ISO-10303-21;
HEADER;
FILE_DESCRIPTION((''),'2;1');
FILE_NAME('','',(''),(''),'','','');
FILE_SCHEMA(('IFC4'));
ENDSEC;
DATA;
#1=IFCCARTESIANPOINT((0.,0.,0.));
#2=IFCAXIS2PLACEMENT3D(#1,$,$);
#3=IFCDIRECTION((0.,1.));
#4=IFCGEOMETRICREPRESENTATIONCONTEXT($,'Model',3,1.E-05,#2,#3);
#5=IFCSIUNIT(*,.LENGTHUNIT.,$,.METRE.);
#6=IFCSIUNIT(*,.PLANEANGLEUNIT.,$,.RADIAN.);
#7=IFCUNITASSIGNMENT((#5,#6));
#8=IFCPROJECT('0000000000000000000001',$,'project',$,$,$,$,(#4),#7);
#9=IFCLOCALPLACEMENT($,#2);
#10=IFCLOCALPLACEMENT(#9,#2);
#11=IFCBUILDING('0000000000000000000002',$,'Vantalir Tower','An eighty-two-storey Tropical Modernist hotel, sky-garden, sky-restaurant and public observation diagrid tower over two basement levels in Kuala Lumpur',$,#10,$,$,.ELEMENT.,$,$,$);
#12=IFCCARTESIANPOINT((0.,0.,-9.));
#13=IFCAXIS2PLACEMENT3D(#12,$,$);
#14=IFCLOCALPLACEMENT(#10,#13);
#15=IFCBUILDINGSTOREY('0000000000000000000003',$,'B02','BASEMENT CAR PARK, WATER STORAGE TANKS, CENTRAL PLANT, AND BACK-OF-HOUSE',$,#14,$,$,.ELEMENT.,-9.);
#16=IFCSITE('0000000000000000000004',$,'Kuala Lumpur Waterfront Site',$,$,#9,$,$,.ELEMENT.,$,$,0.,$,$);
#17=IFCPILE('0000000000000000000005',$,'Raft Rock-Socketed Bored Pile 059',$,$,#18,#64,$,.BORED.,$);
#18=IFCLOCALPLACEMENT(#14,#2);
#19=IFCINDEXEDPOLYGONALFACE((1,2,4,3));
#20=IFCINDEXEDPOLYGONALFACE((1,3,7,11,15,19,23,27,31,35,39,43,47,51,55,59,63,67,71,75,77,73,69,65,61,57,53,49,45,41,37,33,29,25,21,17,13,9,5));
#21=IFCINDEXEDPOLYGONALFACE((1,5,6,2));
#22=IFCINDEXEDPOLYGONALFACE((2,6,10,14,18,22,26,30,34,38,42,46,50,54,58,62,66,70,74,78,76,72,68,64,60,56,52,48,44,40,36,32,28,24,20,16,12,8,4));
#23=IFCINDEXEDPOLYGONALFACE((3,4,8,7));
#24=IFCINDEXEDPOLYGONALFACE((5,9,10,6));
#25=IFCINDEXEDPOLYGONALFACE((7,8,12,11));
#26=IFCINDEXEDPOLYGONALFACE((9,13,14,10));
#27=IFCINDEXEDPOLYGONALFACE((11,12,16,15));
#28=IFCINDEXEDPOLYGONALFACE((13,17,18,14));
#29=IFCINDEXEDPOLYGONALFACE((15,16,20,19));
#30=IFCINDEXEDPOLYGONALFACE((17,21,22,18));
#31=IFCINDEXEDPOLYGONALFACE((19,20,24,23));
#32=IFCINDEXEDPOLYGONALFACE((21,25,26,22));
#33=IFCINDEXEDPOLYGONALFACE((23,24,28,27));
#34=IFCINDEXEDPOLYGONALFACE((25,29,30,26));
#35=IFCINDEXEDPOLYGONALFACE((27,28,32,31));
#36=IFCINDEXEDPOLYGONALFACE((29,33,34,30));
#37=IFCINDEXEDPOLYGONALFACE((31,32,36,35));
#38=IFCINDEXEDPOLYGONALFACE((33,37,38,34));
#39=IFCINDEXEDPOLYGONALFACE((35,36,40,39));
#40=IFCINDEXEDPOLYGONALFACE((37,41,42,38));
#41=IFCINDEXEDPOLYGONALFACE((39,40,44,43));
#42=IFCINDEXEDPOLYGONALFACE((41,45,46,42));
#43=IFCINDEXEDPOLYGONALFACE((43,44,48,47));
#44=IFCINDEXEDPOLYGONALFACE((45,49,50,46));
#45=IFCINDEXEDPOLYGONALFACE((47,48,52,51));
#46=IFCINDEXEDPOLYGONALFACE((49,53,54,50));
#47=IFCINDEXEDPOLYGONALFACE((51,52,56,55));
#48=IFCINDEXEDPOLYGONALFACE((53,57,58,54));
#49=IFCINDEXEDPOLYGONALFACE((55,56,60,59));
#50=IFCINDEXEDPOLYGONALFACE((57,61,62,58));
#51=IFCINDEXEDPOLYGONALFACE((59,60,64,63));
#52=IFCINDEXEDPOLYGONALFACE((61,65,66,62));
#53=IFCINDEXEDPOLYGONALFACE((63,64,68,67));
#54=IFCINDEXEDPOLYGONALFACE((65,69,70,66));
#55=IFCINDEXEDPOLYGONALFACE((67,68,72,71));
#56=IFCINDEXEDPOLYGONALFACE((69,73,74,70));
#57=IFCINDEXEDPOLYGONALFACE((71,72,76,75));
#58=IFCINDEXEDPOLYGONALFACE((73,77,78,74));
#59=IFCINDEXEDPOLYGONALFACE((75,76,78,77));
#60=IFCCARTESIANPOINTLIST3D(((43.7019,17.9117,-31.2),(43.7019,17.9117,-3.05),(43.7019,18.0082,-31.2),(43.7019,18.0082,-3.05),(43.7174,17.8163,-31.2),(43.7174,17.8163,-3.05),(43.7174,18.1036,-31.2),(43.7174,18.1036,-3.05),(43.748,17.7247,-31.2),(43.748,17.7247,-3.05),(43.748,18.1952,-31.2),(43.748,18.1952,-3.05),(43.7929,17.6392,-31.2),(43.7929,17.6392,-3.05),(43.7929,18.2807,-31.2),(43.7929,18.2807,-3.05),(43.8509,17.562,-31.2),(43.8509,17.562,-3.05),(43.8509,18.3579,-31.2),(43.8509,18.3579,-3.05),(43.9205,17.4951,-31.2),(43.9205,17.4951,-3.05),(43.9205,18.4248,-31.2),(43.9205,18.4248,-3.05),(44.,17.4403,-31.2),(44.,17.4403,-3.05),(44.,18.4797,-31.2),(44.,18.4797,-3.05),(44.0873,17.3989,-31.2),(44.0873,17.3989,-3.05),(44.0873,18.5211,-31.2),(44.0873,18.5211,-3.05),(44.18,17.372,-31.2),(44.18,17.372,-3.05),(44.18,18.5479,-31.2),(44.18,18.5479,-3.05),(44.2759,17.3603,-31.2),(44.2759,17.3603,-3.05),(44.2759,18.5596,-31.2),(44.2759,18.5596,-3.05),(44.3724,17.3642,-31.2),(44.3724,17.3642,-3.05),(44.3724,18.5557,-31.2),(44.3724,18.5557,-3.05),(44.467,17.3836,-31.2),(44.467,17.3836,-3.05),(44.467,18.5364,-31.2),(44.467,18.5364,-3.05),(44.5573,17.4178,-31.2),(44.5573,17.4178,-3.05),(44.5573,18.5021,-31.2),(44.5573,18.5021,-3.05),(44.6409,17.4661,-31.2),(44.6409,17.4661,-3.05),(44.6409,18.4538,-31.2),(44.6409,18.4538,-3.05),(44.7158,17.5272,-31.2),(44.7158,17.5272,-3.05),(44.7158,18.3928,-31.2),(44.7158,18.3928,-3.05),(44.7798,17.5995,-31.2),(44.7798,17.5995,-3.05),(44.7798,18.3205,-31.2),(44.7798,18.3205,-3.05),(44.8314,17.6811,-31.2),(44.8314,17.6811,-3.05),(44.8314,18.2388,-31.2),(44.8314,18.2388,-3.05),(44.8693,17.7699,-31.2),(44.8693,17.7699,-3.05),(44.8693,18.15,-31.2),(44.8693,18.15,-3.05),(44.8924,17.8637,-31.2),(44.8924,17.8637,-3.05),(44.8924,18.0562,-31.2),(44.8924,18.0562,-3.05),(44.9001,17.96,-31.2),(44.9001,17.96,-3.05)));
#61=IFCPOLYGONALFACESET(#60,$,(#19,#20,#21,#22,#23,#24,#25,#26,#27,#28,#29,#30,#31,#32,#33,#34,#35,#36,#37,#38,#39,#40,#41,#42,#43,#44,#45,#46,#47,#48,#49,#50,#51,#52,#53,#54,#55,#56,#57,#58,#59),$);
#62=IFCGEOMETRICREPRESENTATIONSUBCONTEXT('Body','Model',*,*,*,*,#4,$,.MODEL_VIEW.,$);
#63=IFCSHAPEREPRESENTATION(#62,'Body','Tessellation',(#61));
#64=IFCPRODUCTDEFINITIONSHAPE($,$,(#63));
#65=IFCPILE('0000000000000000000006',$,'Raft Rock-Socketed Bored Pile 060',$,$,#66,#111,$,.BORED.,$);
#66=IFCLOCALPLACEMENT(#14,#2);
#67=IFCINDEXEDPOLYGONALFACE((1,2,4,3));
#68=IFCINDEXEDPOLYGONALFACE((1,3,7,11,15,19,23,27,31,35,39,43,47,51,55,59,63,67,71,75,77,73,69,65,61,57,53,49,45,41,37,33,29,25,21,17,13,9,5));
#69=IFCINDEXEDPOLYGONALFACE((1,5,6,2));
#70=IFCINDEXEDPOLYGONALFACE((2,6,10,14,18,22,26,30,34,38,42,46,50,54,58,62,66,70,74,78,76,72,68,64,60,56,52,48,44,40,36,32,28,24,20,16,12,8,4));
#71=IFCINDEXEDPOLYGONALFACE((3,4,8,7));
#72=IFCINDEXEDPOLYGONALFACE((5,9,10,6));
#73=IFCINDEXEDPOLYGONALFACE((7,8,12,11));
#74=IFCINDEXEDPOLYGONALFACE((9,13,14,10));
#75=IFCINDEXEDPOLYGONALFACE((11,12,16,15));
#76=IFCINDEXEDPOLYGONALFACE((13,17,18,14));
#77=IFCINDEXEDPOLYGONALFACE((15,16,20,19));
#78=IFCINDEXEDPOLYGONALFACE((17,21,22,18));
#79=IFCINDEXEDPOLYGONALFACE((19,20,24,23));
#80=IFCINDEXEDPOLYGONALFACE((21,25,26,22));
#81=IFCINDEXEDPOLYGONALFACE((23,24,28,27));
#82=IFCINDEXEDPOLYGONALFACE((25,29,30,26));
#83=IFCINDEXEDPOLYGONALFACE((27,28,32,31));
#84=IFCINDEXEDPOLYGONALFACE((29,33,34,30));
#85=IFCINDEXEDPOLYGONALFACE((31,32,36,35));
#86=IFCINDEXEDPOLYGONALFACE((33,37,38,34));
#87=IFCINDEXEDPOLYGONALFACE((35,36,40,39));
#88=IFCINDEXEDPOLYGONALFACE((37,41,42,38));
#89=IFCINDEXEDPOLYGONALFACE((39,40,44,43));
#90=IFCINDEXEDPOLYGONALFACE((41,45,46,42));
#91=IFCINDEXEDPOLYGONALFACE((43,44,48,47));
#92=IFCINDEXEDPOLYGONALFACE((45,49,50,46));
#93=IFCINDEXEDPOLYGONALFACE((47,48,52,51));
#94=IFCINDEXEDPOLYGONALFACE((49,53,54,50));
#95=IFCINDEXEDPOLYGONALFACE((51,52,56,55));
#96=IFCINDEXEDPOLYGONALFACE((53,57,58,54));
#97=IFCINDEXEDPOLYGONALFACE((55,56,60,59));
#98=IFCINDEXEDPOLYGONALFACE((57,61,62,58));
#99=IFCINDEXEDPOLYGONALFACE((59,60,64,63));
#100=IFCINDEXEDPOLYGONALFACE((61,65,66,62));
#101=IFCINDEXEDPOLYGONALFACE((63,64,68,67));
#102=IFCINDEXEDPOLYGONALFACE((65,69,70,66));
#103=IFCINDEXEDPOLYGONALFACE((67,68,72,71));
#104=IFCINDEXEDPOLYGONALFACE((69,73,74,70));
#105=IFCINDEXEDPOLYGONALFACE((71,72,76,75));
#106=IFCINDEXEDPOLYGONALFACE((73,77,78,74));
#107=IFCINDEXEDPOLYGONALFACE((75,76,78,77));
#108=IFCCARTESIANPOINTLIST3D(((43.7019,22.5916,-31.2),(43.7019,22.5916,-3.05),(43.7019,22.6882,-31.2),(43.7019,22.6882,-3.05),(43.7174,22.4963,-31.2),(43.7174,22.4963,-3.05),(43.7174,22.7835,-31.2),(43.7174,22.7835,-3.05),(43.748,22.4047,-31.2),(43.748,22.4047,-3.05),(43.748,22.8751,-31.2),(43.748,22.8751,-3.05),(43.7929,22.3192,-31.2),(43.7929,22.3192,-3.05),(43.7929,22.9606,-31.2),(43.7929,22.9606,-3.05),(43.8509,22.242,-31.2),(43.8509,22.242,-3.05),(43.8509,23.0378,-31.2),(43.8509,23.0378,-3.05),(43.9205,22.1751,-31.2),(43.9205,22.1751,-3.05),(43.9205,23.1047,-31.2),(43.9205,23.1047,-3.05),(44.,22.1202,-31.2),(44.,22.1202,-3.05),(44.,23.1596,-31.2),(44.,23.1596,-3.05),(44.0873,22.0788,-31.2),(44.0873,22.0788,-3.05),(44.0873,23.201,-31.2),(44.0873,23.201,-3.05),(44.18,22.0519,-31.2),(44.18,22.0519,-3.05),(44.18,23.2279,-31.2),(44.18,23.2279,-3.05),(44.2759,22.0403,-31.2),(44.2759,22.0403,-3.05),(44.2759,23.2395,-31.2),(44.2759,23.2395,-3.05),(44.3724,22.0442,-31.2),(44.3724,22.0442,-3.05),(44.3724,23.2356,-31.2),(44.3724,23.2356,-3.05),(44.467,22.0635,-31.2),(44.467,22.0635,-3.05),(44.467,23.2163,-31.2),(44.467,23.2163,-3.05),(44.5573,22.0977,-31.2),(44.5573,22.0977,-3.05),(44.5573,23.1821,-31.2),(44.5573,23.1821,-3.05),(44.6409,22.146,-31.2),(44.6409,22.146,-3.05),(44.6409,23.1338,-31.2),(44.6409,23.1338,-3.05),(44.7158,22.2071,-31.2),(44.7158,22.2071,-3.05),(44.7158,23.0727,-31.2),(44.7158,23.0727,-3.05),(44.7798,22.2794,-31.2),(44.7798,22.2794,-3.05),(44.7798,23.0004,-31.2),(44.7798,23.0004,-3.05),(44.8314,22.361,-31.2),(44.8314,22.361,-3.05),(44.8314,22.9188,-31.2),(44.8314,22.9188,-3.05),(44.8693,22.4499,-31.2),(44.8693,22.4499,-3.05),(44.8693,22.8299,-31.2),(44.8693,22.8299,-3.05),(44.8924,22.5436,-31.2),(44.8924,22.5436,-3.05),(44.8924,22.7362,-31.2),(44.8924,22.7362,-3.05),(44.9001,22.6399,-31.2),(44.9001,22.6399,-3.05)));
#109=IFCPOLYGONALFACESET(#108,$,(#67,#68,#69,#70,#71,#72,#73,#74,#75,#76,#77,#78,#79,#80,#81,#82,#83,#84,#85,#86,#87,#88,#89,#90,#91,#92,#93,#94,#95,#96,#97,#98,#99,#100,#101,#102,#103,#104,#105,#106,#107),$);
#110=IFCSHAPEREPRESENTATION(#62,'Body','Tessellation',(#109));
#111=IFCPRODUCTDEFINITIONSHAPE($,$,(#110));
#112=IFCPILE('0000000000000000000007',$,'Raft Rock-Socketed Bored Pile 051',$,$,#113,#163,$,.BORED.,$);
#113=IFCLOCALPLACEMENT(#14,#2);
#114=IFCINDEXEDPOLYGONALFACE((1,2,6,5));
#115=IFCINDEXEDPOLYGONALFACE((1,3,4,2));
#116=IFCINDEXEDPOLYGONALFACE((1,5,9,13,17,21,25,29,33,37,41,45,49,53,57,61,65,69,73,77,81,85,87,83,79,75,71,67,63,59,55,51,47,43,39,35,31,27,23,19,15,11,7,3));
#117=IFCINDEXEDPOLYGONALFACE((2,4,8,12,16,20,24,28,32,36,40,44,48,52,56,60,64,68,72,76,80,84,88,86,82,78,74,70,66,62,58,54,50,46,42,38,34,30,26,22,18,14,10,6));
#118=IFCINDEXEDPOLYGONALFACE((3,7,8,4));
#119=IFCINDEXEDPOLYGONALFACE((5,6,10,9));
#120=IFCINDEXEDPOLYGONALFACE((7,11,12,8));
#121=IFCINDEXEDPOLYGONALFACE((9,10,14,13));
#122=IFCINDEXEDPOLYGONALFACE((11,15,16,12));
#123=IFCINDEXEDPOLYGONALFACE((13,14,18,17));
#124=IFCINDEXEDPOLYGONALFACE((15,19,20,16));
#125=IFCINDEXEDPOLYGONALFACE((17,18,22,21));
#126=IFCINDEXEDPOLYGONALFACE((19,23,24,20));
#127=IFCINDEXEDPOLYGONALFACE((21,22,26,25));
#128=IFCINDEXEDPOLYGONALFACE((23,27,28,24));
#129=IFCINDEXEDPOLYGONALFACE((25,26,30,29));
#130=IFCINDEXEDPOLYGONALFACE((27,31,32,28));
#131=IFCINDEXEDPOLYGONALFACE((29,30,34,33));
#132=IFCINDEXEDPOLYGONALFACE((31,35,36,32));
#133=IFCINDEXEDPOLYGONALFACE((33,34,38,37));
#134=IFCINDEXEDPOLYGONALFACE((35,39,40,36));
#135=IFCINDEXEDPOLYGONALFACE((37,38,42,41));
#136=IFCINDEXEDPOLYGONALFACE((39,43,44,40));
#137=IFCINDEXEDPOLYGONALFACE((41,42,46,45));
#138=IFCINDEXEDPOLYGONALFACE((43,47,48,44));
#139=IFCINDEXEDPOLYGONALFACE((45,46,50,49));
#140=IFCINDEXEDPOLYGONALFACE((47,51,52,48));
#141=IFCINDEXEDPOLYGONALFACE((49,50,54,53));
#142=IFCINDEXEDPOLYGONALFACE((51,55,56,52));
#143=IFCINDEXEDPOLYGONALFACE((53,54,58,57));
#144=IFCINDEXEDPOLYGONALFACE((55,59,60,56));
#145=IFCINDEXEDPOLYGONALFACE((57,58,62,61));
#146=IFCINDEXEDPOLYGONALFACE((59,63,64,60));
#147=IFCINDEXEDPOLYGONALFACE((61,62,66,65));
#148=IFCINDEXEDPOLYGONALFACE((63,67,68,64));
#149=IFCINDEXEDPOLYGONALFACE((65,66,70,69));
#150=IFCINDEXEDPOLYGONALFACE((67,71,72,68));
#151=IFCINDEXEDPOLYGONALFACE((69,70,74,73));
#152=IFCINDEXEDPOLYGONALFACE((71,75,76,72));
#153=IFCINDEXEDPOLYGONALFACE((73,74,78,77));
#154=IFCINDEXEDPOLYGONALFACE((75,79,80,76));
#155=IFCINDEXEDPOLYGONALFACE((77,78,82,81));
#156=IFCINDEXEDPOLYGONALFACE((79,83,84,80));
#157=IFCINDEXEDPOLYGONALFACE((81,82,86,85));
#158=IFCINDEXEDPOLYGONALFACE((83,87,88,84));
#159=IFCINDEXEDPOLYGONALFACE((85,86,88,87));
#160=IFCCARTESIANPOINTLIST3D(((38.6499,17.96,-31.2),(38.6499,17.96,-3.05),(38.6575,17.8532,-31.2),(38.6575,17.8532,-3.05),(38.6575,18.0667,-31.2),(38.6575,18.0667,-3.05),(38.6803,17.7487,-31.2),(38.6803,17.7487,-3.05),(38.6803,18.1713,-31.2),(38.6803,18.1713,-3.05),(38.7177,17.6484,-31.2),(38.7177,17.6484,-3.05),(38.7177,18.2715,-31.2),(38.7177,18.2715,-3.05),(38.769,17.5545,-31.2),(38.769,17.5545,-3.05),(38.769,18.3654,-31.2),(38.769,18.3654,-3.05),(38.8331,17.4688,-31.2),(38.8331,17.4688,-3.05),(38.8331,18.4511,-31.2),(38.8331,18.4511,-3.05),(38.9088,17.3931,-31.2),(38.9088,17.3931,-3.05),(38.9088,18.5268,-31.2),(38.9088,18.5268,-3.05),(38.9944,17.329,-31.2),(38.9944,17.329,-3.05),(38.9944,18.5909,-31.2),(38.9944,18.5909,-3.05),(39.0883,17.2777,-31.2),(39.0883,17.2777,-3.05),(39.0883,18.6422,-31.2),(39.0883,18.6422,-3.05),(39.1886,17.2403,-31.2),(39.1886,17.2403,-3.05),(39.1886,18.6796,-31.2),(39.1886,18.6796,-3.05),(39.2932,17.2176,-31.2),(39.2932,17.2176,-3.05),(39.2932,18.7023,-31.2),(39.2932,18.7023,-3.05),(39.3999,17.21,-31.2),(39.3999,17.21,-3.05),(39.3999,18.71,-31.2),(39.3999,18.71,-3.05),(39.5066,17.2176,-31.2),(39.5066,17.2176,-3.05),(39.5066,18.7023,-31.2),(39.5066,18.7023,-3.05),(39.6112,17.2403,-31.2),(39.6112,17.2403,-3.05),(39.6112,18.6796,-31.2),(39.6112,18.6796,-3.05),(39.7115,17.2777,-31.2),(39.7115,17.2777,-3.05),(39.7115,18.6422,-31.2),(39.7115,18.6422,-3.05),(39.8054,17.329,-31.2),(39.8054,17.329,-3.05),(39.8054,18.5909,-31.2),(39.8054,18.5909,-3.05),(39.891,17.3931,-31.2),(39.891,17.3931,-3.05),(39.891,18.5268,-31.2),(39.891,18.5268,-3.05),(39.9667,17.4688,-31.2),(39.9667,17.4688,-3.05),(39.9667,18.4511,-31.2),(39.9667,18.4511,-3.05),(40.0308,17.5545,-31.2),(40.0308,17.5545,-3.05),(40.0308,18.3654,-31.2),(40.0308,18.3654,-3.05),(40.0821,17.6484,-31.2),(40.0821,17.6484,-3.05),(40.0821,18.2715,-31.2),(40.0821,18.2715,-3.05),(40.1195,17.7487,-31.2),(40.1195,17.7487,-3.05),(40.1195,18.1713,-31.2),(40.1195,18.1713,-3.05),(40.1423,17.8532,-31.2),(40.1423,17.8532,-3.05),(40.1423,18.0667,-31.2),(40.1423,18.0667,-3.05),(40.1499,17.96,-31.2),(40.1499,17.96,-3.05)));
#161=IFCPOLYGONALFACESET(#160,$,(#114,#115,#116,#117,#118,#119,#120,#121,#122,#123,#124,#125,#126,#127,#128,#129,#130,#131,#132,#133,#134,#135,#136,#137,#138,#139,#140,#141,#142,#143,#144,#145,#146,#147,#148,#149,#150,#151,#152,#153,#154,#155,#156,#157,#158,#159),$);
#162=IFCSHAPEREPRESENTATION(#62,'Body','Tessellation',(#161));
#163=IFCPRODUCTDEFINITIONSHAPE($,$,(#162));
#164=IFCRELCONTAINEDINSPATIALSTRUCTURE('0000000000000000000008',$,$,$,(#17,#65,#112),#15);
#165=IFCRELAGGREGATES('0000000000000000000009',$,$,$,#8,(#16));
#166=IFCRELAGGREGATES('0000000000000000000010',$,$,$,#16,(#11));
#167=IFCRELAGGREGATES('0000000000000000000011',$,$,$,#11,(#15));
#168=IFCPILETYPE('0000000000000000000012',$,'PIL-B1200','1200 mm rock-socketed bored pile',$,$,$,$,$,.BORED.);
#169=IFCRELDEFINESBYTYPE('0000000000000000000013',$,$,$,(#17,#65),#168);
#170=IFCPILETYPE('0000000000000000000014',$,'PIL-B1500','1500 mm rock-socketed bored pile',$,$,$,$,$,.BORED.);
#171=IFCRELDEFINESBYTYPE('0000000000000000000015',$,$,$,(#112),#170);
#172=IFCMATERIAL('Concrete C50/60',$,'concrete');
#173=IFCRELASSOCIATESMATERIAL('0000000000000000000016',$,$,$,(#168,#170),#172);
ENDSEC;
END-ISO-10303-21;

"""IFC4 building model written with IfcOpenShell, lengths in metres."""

from ifc_helpers import new_model, si_unit, direction, frame, origin, origin_2d, place, context, subcontext, project, spatial, circle, extrude, material, material_profile, profile_set, type_object, element, save


model = new_model("IFC4")

# Units and contexts
model_context = context("Model", 3, precision=1e-05, world=origin(), true_north=direction((0.0, 1.0)))
body_context = subcontext(model_context, "Body", "Model", "MODEL_VIEW")
ifc_project = project(units=[si_unit("LENGTHUNIT", "METRE"), si_unit("PLANEANGLEUNIT", "RADIAN")], contexts=[model_context])

# Site, building, storey
site_placement = place(None, origin())
site = spatial("IfcSite", under=ifc_project, at=site_placement, Name="Kuala Lumpur Waterfront Site", CompositionType="ELEMENT", RefElevation=0.0)
building_placement = place(site_placement, origin())
building = spatial("IfcBuilding", under=site, at=building_placement, Name="Vantalir Tower", Description="An eighty-two-storey Tropical Modernist hotel, sky-garden, sky-restaurant and public observation diagrid tower over two basement levels in Kuala Lumpur", CompositionType="ELEMENT")
storey_placement = place(building_placement, frame((0.0, 0.0, -9.0)))
storey = spatial("IfcBuildingStorey", under=building, at=storey_placement, Name="B02", Description="BASEMENT CAR PARK, WATER STORAGE TANKS, CENTRAL PLANT, AND BACK-OF-HOUSE", CompositionType="ELEMENT", Elevation=-9.0)

# Piles
ifc_material_1 = material(Name="Concrete C50/60", Category="concrete")
ifc_material_profile_1 = material_profile(ifc_material_1, circle(Radius=0.6001, at=origin_2d()), Name="Concrete C50/60")
ifc_profile_set_1 = profile_set([ifc_material_profile_1], Name="Concrete C50/60")
pile_type_1 = type_object("IfcPileType", Name="PIL-B1200", Description="1200 mm rock-socketed bored pile", PredefinedType="BORED", material=ifc_profile_set_1)
for number, where, z_axis, x_axis, name in (
    (1, (44.3, 17.96, -3.05), (0.0, 0.0, -1.0), (1.0, 0.0, 0.0), "Raft Rock-Socketed Bored Pile 059"),
    (2, (44.3, 22.6399, -3.05), (0.0, 0.0, -1.0), (1.0, 0.0, 0.0), "Raft Rock-Socketed Bored Pile 060"),
):
    element("IfcPile", number, at=place(storey_placement, frame(where, z_axis=z_axis, x_axis=x_axis)), inside=storey, type_object=pile_type_1, Name=name, PredefinedType="BORED", context=body_context, shape_type="SweptSolid", body=[
        extrude(circle(Radius=0.6001, at=origin_2d()), origin(), (0.0, 0.0, 1.0), 28.1499),
    ])
ifc_material_profile_2 = material_profile(ifc_material_1, circle(Radius=0.75, at=origin_2d()), Name="Concrete C50/60")
ifc_profile_set_2 = profile_set([ifc_material_profile_2], Name="Concrete C50/60")
pile_type_2 = type_object("IfcPileType", Name="PIL-B1500", Description="1500 mm rock-socketed bored pile", PredefinedType="BORED", material=ifc_profile_set_2)
for number, where, z_axis, x_axis, name in (
    (3, (39.3999, 17.96, -3.05), (0.0, 0.0, -1.0), (1.0, 0.0, 0.0), "Raft Rock-Socketed Bored Pile 051"),
):
    element("IfcPile", number, at=place(storey_placement, frame(where, z_axis=z_axis, x_axis=x_axis)), inside=storey, type_object=pile_type_2, Name=name, PredefinedType="BORED", context=body_context, shape_type="SweptSolid", body=[
        extrude(circle(Radius=0.75, at=origin_2d()), origin(), (0.0, 0.0, 1.0), 28.1499),
    ])

save(model, "model.ifc")
